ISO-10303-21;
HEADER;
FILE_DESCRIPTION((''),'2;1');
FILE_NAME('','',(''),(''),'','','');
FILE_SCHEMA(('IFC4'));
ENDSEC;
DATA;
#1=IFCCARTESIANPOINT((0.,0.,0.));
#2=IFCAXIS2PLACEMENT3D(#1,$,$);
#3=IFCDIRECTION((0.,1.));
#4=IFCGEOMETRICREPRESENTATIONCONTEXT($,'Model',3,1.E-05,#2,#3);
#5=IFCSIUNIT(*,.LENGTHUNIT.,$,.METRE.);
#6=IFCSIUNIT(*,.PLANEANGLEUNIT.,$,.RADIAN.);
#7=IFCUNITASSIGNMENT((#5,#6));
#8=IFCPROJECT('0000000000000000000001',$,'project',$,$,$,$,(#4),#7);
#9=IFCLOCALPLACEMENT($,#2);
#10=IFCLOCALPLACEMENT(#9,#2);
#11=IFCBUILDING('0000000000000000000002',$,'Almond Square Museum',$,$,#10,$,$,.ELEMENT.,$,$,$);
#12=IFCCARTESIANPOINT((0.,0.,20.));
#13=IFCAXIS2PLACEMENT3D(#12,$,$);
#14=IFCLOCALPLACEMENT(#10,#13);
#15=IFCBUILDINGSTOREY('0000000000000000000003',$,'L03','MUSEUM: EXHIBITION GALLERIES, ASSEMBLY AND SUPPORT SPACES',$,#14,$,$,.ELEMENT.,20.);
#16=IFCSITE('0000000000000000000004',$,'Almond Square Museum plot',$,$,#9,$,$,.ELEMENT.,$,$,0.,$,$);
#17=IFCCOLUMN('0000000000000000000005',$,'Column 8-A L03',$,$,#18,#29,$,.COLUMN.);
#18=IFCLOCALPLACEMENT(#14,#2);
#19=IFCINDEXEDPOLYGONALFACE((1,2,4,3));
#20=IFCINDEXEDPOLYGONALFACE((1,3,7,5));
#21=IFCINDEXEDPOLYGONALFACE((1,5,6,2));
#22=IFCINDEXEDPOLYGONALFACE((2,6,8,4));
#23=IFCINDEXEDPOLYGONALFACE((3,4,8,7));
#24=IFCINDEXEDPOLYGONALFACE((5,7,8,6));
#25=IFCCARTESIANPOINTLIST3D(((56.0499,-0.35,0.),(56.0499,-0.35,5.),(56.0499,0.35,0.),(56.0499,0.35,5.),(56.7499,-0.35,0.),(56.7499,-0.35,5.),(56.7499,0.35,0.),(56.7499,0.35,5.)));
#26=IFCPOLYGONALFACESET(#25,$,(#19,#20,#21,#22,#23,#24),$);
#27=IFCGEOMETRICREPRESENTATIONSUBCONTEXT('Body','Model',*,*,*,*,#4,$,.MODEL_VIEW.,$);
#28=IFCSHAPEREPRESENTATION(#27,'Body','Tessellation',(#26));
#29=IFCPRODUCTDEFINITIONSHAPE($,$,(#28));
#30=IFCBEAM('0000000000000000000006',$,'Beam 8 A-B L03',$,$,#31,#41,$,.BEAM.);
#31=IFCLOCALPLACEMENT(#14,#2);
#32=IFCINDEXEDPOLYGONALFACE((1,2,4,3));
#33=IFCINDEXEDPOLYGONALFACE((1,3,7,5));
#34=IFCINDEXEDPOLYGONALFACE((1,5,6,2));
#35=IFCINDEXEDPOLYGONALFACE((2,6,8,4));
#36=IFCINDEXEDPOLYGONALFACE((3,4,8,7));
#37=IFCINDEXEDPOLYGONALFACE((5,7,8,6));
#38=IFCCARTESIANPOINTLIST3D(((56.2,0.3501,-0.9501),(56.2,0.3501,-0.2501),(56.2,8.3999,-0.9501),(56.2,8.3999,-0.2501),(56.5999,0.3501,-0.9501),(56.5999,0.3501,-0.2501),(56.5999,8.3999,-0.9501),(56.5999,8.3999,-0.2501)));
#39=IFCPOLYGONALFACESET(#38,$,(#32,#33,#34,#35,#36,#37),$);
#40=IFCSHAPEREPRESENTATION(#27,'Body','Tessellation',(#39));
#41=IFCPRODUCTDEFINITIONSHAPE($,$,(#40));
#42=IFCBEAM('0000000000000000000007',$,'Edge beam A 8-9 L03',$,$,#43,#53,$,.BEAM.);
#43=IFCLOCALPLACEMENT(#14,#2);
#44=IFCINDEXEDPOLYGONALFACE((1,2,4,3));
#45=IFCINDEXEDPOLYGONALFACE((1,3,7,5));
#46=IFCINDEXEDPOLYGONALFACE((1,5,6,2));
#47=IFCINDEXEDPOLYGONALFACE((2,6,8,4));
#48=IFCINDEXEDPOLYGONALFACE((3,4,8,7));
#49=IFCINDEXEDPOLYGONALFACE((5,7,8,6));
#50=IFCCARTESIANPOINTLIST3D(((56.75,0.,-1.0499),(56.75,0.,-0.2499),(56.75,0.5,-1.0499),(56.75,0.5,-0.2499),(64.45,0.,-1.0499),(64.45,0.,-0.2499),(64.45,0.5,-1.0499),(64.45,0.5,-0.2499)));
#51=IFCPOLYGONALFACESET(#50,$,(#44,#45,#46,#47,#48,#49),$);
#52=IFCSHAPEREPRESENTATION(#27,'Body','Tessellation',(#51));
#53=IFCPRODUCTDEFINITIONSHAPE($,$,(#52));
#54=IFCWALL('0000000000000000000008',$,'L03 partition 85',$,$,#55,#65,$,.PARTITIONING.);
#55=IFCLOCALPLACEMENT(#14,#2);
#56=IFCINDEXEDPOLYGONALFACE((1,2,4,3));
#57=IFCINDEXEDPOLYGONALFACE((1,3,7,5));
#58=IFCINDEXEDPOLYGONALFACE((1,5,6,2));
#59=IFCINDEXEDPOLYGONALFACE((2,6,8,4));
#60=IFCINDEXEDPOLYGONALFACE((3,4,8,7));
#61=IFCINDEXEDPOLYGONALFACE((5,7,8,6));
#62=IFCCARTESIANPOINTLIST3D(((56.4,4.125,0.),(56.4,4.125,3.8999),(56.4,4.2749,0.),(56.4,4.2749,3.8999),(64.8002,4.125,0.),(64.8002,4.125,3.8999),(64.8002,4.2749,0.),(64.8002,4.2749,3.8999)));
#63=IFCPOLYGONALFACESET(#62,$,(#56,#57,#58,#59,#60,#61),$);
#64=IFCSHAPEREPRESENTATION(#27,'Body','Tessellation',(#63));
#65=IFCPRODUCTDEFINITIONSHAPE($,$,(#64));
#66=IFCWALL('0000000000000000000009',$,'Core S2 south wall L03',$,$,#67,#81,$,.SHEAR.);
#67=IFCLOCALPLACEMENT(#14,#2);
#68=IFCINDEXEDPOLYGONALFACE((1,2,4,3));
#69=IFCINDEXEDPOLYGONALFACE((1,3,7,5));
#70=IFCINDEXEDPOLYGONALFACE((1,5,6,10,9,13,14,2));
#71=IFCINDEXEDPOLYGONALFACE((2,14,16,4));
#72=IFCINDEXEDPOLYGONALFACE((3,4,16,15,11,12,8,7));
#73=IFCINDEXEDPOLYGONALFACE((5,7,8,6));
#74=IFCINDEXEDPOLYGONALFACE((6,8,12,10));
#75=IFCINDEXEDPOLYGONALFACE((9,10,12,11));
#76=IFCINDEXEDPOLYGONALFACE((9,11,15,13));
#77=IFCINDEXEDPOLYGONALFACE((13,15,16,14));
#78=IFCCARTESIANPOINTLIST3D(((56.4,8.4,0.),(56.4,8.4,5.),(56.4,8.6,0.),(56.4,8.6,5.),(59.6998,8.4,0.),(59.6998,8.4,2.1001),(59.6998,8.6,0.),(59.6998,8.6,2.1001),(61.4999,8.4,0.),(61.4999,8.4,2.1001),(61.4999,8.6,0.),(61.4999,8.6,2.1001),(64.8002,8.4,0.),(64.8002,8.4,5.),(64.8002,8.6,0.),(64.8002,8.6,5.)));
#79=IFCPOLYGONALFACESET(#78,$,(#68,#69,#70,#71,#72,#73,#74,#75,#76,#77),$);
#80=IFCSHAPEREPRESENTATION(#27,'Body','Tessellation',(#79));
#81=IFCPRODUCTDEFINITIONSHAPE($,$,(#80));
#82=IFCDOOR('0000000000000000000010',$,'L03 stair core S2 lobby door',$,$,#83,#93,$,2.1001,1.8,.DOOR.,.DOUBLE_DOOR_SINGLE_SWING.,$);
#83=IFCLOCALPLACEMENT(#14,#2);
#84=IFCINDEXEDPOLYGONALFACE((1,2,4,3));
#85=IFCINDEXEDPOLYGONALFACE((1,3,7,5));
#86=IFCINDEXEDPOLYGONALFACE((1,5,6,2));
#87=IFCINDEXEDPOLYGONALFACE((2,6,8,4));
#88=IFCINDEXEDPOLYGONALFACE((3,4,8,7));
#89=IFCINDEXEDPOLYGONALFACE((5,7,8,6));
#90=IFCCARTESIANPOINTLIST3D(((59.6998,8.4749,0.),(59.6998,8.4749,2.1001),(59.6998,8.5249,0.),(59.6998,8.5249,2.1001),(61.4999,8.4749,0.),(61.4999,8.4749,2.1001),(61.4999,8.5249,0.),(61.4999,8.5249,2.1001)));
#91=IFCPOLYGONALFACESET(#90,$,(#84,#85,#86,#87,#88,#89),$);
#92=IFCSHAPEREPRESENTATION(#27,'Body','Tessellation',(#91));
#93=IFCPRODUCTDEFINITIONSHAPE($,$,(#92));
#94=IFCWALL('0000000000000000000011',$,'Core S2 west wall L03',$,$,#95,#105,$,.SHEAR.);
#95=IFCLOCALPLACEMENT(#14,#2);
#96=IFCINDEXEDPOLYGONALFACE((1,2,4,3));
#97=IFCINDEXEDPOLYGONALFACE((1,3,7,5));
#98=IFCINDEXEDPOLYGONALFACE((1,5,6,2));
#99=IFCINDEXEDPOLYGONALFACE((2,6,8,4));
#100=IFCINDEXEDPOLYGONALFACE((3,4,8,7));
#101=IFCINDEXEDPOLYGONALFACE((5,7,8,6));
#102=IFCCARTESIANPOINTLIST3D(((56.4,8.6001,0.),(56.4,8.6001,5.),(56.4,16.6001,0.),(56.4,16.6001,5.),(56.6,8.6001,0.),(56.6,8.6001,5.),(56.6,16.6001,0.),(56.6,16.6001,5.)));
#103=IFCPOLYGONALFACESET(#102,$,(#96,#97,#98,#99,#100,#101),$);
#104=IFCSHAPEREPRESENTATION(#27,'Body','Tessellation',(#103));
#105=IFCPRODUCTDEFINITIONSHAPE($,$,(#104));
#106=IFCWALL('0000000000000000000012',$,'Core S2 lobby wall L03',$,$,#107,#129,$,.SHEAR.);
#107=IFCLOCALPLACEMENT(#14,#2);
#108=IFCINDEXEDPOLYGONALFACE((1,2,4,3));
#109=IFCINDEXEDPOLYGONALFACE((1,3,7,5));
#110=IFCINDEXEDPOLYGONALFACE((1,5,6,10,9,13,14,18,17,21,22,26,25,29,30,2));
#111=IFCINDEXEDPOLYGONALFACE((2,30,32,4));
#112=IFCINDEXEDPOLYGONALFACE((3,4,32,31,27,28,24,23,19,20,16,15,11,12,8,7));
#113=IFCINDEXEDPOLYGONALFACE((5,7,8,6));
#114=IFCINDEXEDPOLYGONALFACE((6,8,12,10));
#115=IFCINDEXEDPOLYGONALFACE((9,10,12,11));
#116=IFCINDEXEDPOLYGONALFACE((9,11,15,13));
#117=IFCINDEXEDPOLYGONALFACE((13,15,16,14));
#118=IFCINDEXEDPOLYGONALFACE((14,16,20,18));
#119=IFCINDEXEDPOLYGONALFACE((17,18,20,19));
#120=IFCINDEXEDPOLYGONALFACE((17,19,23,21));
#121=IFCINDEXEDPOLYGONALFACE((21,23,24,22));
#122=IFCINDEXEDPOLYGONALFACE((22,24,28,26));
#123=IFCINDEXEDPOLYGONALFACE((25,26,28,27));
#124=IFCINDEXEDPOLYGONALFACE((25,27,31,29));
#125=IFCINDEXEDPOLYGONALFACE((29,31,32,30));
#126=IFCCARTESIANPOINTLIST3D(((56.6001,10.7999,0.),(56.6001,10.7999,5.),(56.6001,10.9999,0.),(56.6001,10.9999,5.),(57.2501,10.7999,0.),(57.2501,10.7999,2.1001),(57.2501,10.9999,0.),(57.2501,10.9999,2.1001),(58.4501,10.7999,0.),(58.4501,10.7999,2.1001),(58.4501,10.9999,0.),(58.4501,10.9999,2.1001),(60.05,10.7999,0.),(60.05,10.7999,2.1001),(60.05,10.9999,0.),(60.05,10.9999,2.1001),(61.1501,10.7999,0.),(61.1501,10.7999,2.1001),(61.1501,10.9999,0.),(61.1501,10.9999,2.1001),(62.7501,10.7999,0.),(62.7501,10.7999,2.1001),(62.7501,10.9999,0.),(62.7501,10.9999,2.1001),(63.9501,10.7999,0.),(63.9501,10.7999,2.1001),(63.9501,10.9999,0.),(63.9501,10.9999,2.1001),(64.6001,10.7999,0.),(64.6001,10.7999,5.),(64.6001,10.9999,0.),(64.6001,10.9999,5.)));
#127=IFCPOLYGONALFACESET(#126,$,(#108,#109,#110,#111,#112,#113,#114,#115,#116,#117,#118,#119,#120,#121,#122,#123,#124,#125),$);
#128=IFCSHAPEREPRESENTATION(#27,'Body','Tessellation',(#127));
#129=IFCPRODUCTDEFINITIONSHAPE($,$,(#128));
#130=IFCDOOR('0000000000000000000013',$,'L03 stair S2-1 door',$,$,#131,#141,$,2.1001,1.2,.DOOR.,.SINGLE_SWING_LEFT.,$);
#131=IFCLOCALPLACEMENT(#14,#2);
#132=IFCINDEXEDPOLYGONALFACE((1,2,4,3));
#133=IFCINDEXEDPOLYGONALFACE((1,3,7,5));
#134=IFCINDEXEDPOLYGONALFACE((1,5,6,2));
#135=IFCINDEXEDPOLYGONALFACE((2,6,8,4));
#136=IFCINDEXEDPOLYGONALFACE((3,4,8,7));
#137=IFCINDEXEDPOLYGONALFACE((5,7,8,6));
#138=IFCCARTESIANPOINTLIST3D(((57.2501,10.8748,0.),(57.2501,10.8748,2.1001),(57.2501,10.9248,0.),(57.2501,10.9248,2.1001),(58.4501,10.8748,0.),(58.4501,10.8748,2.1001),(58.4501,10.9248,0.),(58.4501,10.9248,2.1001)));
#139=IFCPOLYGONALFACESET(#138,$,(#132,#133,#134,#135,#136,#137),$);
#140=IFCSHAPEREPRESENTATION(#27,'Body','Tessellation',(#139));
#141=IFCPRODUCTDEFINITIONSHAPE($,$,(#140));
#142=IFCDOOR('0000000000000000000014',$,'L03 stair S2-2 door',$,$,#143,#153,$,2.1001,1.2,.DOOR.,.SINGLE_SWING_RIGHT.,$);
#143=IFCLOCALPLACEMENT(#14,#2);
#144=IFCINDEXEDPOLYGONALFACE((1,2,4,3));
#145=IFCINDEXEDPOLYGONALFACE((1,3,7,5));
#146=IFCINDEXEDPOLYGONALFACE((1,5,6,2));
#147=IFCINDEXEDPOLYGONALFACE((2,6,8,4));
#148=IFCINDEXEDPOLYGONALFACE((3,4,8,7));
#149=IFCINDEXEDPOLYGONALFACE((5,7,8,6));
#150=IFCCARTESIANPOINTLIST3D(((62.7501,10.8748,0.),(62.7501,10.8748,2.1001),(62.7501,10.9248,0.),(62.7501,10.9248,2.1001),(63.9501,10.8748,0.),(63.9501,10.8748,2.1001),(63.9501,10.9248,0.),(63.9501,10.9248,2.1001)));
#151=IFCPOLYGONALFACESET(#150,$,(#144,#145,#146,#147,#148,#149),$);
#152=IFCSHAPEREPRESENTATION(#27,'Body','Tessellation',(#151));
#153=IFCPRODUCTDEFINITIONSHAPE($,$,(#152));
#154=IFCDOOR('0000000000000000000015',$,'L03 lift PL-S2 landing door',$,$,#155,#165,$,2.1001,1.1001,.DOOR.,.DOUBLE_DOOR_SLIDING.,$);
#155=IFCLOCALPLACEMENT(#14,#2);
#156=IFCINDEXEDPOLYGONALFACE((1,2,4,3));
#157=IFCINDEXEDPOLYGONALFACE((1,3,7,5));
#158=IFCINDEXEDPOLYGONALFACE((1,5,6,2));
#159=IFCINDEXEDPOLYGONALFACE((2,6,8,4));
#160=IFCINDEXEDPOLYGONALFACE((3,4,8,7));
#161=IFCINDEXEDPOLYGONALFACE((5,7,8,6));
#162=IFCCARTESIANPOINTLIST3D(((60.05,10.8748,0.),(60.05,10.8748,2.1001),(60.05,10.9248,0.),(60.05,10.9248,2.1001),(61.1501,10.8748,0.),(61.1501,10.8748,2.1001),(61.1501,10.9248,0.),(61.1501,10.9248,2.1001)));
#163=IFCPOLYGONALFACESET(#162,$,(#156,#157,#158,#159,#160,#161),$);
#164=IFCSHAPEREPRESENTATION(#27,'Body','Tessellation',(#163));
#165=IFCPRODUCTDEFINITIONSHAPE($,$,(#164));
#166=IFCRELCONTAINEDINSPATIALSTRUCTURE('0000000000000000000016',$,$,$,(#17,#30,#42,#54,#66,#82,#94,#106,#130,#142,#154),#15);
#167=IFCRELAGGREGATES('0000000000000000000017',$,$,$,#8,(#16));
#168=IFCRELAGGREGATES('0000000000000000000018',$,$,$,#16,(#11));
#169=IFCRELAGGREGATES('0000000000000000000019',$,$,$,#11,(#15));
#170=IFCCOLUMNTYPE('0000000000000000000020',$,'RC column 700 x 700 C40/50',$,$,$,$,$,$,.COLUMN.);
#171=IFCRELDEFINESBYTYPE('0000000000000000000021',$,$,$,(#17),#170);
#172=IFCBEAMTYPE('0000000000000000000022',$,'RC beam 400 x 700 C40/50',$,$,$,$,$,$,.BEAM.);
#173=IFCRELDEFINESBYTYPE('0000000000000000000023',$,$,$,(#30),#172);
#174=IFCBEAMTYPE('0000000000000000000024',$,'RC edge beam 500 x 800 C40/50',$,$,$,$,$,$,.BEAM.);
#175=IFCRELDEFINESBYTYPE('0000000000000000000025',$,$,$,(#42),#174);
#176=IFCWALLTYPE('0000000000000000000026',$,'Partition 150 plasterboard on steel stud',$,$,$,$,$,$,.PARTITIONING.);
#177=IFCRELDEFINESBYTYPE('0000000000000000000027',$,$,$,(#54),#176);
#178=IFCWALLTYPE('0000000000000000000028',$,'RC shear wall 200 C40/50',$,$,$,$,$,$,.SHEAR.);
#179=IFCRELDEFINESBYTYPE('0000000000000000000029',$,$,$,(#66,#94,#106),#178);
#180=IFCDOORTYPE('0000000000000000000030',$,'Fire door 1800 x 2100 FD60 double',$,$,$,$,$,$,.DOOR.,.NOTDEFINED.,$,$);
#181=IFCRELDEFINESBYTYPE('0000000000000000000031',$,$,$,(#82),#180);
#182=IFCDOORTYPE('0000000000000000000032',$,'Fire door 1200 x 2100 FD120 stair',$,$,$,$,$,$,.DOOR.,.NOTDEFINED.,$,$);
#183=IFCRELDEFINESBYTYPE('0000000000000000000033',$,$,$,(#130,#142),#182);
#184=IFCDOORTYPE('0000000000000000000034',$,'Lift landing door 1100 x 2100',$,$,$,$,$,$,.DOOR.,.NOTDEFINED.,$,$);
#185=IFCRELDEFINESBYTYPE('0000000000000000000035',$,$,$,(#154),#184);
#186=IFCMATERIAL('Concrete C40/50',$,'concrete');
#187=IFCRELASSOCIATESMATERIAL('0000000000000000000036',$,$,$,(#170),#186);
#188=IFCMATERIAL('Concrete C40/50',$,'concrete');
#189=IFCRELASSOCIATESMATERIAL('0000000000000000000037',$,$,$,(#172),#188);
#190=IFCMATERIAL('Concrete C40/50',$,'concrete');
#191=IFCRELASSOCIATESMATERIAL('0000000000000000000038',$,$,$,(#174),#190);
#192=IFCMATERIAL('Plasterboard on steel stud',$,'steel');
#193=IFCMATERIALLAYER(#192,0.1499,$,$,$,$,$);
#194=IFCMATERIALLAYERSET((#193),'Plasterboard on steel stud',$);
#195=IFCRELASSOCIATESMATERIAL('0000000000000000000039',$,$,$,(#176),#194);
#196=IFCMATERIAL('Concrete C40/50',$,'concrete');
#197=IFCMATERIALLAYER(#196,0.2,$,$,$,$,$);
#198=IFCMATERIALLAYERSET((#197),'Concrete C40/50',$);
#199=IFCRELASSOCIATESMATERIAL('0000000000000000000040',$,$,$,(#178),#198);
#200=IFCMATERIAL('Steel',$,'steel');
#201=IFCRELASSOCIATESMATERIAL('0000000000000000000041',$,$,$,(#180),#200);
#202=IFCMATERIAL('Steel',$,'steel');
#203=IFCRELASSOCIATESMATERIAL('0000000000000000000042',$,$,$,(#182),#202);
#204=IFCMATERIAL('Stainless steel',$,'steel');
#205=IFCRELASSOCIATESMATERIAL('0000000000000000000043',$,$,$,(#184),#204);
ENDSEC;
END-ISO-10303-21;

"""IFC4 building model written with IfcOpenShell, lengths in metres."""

from ifc_helpers import new_model, si_unit, direction, frame, frame_2d, origin, origin_2d, place, context, subcontext, project, spatial, rectangle, extrude, material, layer, layer_set, material_profile, profile_set, type_object, element, fill, save


model = new_model("IFC4")

# Units and contexts
model_context = context("Model", 3, precision=1e-05, world=origin(), true_north=direction((0.0, 1.0)))
body_context = subcontext(model_context, "Body", "Model", "MODEL_VIEW")
ifc_project = project(units=[si_unit("LENGTHUNIT", "METRE"), si_unit("PLANEANGLEUNIT", "RADIAN")], contexts=[model_context])

# Site, building, storey
site_placement = place(None, origin())
site = spatial("IfcSite", under=ifc_project, at=site_placement, Name="Almond Square Museum plot", CompositionType="ELEMENT", RefElevation=0.0)
building_placement = place(site_placement, origin())
building = spatial("IfcBuilding", under=site, at=building_placement, Name="Almond Square Museum", CompositionType="ELEMENT")
storey_placement = place(building_placement, frame((0.0, 0.0, 20.0)))
storey = spatial("IfcBuildingStorey", under=building, at=storey_placement, Name="L03", Description="MUSEUM: EXHIBITION GALLERIES, ASSEMBLY AND SUPPORT SPACES", CompositionType="ELEMENT", Elevation=20.0)

# Column
ifc_material_1 = material(Name="Concrete C40/50", Category="concrete")
ifc_material_profile_1 = material_profile(ifc_material_1, rectangle(XDim=0.7, YDim=0.7, at=origin_2d()))
ifc_profile_set_1 = profile_set([ifc_material_profile_1], Name="Concrete C40/50")
column_type = type_object("IfcColumnType", Name="RC column 700 x 700 C40/50", PredefinedType="COLUMN", material=ifc_profile_set_1)
column_placement = place(storey_placement, frame((56.3999, 0.0, 0.0), z_axis=(0.0, 0.0, 1.0), x_axis=(1.0, 0.0, 0.0)))
element("IfcColumn", 1, at=column_placement, inside=storey, type_object=column_type, Name="Column 8-A L03", PredefinedType="COLUMN", context=body_context, shape_type="SweptSolid", body=[
    extrude(rectangle(XDim=0.7, YDim=0.7, at=origin_2d()), origin(), (0.0, 0.0, 1.0), 5.0),
])

# Beams
ifc_material_2 = material(Name="Concrete C40/50", Category="concrete")
ifc_material_profile_2 = material_profile(ifc_material_2, rectangle(XDim=0.3999, YDim=0.7, at=origin_2d()))
ifc_profile_set_2 = profile_set([ifc_material_profile_2], Name="Concrete C40/50")
beam_type_1 = type_object("IfcBeamType", Name="RC beam 400 x 700 C40/50", PredefinedType="BEAM", material=ifc_profile_set_2)
beam_1_placement = place(storey_placement, frame((56.3999, 0.3501, -0.6001), z_axis=(0.0, 1.0, 0.0), x_axis=(-1.0, 0.0, 0.0)))
element("IfcBeam", 2, at=beam_1_placement, inside=storey, type_object=beam_type_1, Name="Beam 8 A-B L03", PredefinedType="BEAM", context=body_context, shape_type="SweptSolid", body=[
    extrude(rectangle(XDim=0.3999, YDim=0.7, at=origin_2d()), origin(), (0.0, 0.0, 1.0), 8.0498),
])
ifc_material_3 = material(Name="Concrete C40/50", Category="concrete")
ifc_material_profile_3 = material_profile(ifc_material_3, rectangle(XDim=0.5, YDim=0.8, at=origin_2d()))
ifc_profile_set_3 = profile_set([ifc_material_profile_3], Name="Concrete C40/50")
beam_type_2 = type_object("IfcBeamType", Name="RC edge beam 500 x 800 C40/50", PredefinedType="BEAM", material=ifc_profile_set_3)
beam_2_placement = place(storey_placement, frame((56.75, 0.25, -0.6499), z_axis=(1.0, 0.0, 0.0), x_axis=(0.0, 1.0, 0.0)))
element("IfcBeam", 3, at=beam_2_placement, inside=storey, type_object=beam_type_2, Name="Edge beam A 8-9 L03", PredefinedType="BEAM", context=body_context, shape_type="SweptSolid", body=[
    extrude(rectangle(XDim=0.5, YDim=0.8, at=origin_2d()), origin(), (0.0, 0.0, 1.0), 7.7),
])

# Wall
ifc_material_4 = material(Name="Plasterboard on steel stud", Category="steel")
ifc_layer_1 = layer(ifc_material_4, 0.1499)
ifc_layer_set_1 = layer_set([ifc_layer_1], Name="Plasterboard on steel stud")
wall_type_1 = type_object("IfcWallType", Name="Partition 150 plasterboard on steel stud", PredefinedType="PARTITIONING", material=ifc_layer_set_1)
wall_1_placement = place(storey_placement, frame((56.3999, 4.2, 0.0), z_axis=(0.0, 0.0, 1.0), x_axis=(1.0, 0.0, 0.0)))
element("IfcWall", 4, at=wall_1_placement, inside=storey, type_object=wall_type_1, Name="L03 partition 85", PredefinedType="PARTITIONING", context=body_context, shape_type="SweptSolid", body=[
    extrude(rectangle(XDim=8.4001, YDim=0.1499, at=frame_2d((4.2002, 0.0))), origin(), (0.0, 0.0, 1.0), 3.8999),
])

# Wall, opening, door
ifc_material_5 = material(Name="Concrete C40/50", Category="concrete")
ifc_layer_2 = layer(ifc_material_5, 0.2)
ifc_layer_set_2 = layer_set([ifc_layer_2], Name="Concrete C40/50")
wall_type_2 = type_object("IfcWallType", Name="RC shear wall 200 C40/50", PredefinedType="SHEAR", material=ifc_layer_set_2)
wall_2_placement = place(storey_placement, frame((56.3999, 8.5, 0.0), z_axis=(0.0, 0.0, 1.0), x_axis=(1.0, 0.0, 0.0)))
wall_2 = element("IfcWall", 5, at=wall_2_placement, inside=storey, type_object=wall_type_2, Name="Core S2 south wall L03", PredefinedType="SHEAR", context=body_context, shape_type="SweptSolid", body=[
    extrude(rectangle(XDim=8.4001, YDim=0.2, at=frame_2d((4.2002, 0.0))), origin(), (0.0, 0.0, 1.0), 5.0),
])
opening_1_placement = place(wall_2_placement, frame((3.3, 0.0, 0.0)))
opening_1 = element("IfcOpeningElement", 6, at=opening_1_placement, cuts=wall_2, PredefinedType="OPENING", context=body_context, shape_type="SweptSolid", body=[
    extrude(rectangle(XDim=1.8, YDim=2.1001, at=frame_2d((0.8999, 1.05))), frame((0.0, 0.1099, 0.0), z_axis=(0.0, -1.0, 0.0), x_axis=(1.0, 0.0, 0.0)), (0.0, 0.0, 1.0), 0.22),
])
ifc_material_6 = material(Name="Steel", Category="steel")
door_type_1 = type_object("IfcDoorType", Name="Fire door 1800 x 2100 FD60 double", OperationType="NOTDEFINED", PredefinedType="DOOR", material=ifc_material_6)
door_1_placement = place(opening_1_placement, origin())
door_1 = element("IfcDoor", 7, at=door_1_placement, inside=storey, type_object=door_type_1, Name="L03 stair core S2 lobby door", OperationType="DOUBLE_DOOR_SINGLE_SWING", OverallHeight=2.1001, OverallWidth=1.8, PredefinedType="DOOR", context=body_context, shape_type="SweptSolid", body=[
    extrude(rectangle(XDim=1.8, YDim=2.1001, at=frame_2d((0.8999, 1.05))), frame((0.0, 0.0249, 0.0), z_axis=(0.0, -1.0, 0.0), x_axis=(1.0, 0.0, 0.0)), (0.0, 0.0, 1.0), 0.05),
])
fill(opening_1, door_1)

# Wall
wall_3_placement = place(storey_placement, frame((56.5, 8.6001, 0.0), z_axis=(0.0, 0.0, 1.0), x_axis=(0.0, 1.0, 0.0)))
element("IfcWall", 8, at=wall_3_placement, inside=storey, type_object=wall_type_2, Name="Core S2 west wall L03", PredefinedType="SHEAR", context=body_context, shape_type="SweptSolid", body=[
    extrude(rectangle(XDim=8.0, YDim=0.2, at=frame_2d((4.0, 0.0))), origin(), (0.0, 0.0, 1.0), 5.0),
])

# Wall, openings, doors
wall_4_placement = place(storey_placement, frame((56.6001, 10.8999, 0.0), z_axis=(0.0, 0.0, 1.0), x_axis=(1.0, 0.0, 0.0)))
wall_4 = element("IfcWall", 9, at=wall_4_placement, inside=storey, type_object=wall_type_2, Name="Core S2 lobby wall L03", PredefinedType="SHEAR", context=body_context, shape_type="SweptSolid", body=[
    extrude(rectangle(XDim=8.0, YDim=0.2, at=frame_2d((4.0, 0.0))), origin(), (0.0, 0.0, 1.0), 5.0),
])
opening_2_placement = place(wall_4_placement, frame((0.6499, 0.0, 0.0)))
opening_2 = element("IfcOpeningElement", 10, at=opening_2_placement, cuts=wall_4, PredefinedType="OPENING", context=body_context, shape_type="SweptSolid", body=[
    extrude(rectangle(XDim=1.2, YDim=2.1001, at=frame_2d((0.6001, 1.05))), frame((0.0, 0.1099, 0.0), z_axis=(0.0, -1.0, 0.0), x_axis=(1.0, 0.0, 0.0)), (0.0, 0.0, 1.0), 0.22),
])
opening_3_placement = place(wall_4_placement, frame((6.1499, 0.0, 0.0)))
opening_3 = element("IfcOpeningElement", 11, at=opening_3_placement, cuts=wall_4, PredefinedType="OPENING", context=body_context, shape_type="SweptSolid", body=[
    extrude(rectangle(XDim=1.2, YDim=2.1001, at=frame_2d((0.6001, 1.05))), frame((0.0, 0.1099, 0.0), z_axis=(0.0, -1.0, 0.0), x_axis=(1.0, 0.0, 0.0)), (0.0, 0.0, 1.0), 0.22),
])
opening_4_placement = place(wall_4_placement, frame((3.45, 0.0, 0.0)))
opening_4 = element("IfcOpeningElement", 12, at=opening_4_placement, cuts=wall_4, PredefinedType="OPENING", context=body_context, shape_type="SweptSolid", body=[
    extrude(rectangle(XDim=1.1001, YDim=2.1001, at=frame_2d((0.55, 1.05))), frame((0.0, 0.1099, 0.0), z_axis=(0.0, -1.0, 0.0), x_axis=(1.0, 0.0, 0.0)), (0.0, 0.0, 1.0), 0.22),
])
ifc_material_7 = material(Name="Steel", Category="steel")
door_type_2 = type_object("IfcDoorType", Name="Fire door 1200 x 2100 FD120 stair", OperationType="NOTDEFINED", PredefinedType="DOOR", material=ifc_material_7)
door_2_placement = place(opening_2_placement, origin())
door_2 = element("IfcDoor", 13, at=door_2_placement, inside=storey, type_object=door_type_2, Name="L03 stair S2-1 door", OperationType="SINGLE_SWING_LEFT", OverallHeight=2.1001, OverallWidth=1.2, PredefinedType="DOOR", context=body_context, shape_type="SweptSolid", body=[
    extrude(rectangle(XDim=1.2, YDim=2.1001, at=frame_2d((0.6001, 1.05))), frame((0.0, 0.0249, 0.0), z_axis=(0.0, -1.0, 0.0), x_axis=(1.0, 0.0, 0.0)), (0.0, 0.0, 1.0), 0.05),
])
fill(opening_2, door_2)
door_3_placement = place(opening_3_placement, origin())
door_3 = element("IfcDoor", 14, at=door_3_placement, inside=storey, type_object=door_type_2, Name="L03 stair S2-2 door", OperationType="SINGLE_SWING_RIGHT", OverallHeight=2.1001, OverallWidth=1.2, PredefinedType="DOOR", context=body_context, shape_type="SweptSolid", body=[
    extrude(rectangle(XDim=1.2, YDim=2.1001, at=frame_2d((0.6001, 1.05))), frame((0.0, 0.0249, 0.0), z_axis=(0.0, -1.0, 0.0), x_axis=(1.0, 0.0, 0.0)), (0.0, 0.0, 1.0), 0.05),
])
fill(opening_3, door_3)
ifc_material_8 = material(Name="Stainless steel", Category="steel")
door_type_3 = type_object("IfcDoorType", Name="Lift landing door 1100 x 2100", OperationType="NOTDEFINED", PredefinedType="DOOR", material=ifc_material_8)
door_4_placement = place(opening_4_placement, origin())
door_4 = element("IfcDoor", 15, at=door_4_placement, inside=storey, type_object=door_type_3, Name="L03 lift PL-S2 landing door", OperationType="DOUBLE_DOOR_SLIDING", OverallHeight=2.1001, OverallWidth=1.1001, PredefinedType="DOOR", context=body_context, shape_type="SweptSolid", body=[
    extrude(rectangle(XDim=1.1001, YDim=2.1001, at=frame_2d((0.55, 1.05))), frame((0.0, 0.0249, 0.0), z_axis=(0.0, -1.0, 0.0), x_axis=(1.0, 0.0, 0.0)), (0.0, 0.0, 1.0), 0.05),
])
fill(opening_4, door_4)

save(model, "model.ifc")
